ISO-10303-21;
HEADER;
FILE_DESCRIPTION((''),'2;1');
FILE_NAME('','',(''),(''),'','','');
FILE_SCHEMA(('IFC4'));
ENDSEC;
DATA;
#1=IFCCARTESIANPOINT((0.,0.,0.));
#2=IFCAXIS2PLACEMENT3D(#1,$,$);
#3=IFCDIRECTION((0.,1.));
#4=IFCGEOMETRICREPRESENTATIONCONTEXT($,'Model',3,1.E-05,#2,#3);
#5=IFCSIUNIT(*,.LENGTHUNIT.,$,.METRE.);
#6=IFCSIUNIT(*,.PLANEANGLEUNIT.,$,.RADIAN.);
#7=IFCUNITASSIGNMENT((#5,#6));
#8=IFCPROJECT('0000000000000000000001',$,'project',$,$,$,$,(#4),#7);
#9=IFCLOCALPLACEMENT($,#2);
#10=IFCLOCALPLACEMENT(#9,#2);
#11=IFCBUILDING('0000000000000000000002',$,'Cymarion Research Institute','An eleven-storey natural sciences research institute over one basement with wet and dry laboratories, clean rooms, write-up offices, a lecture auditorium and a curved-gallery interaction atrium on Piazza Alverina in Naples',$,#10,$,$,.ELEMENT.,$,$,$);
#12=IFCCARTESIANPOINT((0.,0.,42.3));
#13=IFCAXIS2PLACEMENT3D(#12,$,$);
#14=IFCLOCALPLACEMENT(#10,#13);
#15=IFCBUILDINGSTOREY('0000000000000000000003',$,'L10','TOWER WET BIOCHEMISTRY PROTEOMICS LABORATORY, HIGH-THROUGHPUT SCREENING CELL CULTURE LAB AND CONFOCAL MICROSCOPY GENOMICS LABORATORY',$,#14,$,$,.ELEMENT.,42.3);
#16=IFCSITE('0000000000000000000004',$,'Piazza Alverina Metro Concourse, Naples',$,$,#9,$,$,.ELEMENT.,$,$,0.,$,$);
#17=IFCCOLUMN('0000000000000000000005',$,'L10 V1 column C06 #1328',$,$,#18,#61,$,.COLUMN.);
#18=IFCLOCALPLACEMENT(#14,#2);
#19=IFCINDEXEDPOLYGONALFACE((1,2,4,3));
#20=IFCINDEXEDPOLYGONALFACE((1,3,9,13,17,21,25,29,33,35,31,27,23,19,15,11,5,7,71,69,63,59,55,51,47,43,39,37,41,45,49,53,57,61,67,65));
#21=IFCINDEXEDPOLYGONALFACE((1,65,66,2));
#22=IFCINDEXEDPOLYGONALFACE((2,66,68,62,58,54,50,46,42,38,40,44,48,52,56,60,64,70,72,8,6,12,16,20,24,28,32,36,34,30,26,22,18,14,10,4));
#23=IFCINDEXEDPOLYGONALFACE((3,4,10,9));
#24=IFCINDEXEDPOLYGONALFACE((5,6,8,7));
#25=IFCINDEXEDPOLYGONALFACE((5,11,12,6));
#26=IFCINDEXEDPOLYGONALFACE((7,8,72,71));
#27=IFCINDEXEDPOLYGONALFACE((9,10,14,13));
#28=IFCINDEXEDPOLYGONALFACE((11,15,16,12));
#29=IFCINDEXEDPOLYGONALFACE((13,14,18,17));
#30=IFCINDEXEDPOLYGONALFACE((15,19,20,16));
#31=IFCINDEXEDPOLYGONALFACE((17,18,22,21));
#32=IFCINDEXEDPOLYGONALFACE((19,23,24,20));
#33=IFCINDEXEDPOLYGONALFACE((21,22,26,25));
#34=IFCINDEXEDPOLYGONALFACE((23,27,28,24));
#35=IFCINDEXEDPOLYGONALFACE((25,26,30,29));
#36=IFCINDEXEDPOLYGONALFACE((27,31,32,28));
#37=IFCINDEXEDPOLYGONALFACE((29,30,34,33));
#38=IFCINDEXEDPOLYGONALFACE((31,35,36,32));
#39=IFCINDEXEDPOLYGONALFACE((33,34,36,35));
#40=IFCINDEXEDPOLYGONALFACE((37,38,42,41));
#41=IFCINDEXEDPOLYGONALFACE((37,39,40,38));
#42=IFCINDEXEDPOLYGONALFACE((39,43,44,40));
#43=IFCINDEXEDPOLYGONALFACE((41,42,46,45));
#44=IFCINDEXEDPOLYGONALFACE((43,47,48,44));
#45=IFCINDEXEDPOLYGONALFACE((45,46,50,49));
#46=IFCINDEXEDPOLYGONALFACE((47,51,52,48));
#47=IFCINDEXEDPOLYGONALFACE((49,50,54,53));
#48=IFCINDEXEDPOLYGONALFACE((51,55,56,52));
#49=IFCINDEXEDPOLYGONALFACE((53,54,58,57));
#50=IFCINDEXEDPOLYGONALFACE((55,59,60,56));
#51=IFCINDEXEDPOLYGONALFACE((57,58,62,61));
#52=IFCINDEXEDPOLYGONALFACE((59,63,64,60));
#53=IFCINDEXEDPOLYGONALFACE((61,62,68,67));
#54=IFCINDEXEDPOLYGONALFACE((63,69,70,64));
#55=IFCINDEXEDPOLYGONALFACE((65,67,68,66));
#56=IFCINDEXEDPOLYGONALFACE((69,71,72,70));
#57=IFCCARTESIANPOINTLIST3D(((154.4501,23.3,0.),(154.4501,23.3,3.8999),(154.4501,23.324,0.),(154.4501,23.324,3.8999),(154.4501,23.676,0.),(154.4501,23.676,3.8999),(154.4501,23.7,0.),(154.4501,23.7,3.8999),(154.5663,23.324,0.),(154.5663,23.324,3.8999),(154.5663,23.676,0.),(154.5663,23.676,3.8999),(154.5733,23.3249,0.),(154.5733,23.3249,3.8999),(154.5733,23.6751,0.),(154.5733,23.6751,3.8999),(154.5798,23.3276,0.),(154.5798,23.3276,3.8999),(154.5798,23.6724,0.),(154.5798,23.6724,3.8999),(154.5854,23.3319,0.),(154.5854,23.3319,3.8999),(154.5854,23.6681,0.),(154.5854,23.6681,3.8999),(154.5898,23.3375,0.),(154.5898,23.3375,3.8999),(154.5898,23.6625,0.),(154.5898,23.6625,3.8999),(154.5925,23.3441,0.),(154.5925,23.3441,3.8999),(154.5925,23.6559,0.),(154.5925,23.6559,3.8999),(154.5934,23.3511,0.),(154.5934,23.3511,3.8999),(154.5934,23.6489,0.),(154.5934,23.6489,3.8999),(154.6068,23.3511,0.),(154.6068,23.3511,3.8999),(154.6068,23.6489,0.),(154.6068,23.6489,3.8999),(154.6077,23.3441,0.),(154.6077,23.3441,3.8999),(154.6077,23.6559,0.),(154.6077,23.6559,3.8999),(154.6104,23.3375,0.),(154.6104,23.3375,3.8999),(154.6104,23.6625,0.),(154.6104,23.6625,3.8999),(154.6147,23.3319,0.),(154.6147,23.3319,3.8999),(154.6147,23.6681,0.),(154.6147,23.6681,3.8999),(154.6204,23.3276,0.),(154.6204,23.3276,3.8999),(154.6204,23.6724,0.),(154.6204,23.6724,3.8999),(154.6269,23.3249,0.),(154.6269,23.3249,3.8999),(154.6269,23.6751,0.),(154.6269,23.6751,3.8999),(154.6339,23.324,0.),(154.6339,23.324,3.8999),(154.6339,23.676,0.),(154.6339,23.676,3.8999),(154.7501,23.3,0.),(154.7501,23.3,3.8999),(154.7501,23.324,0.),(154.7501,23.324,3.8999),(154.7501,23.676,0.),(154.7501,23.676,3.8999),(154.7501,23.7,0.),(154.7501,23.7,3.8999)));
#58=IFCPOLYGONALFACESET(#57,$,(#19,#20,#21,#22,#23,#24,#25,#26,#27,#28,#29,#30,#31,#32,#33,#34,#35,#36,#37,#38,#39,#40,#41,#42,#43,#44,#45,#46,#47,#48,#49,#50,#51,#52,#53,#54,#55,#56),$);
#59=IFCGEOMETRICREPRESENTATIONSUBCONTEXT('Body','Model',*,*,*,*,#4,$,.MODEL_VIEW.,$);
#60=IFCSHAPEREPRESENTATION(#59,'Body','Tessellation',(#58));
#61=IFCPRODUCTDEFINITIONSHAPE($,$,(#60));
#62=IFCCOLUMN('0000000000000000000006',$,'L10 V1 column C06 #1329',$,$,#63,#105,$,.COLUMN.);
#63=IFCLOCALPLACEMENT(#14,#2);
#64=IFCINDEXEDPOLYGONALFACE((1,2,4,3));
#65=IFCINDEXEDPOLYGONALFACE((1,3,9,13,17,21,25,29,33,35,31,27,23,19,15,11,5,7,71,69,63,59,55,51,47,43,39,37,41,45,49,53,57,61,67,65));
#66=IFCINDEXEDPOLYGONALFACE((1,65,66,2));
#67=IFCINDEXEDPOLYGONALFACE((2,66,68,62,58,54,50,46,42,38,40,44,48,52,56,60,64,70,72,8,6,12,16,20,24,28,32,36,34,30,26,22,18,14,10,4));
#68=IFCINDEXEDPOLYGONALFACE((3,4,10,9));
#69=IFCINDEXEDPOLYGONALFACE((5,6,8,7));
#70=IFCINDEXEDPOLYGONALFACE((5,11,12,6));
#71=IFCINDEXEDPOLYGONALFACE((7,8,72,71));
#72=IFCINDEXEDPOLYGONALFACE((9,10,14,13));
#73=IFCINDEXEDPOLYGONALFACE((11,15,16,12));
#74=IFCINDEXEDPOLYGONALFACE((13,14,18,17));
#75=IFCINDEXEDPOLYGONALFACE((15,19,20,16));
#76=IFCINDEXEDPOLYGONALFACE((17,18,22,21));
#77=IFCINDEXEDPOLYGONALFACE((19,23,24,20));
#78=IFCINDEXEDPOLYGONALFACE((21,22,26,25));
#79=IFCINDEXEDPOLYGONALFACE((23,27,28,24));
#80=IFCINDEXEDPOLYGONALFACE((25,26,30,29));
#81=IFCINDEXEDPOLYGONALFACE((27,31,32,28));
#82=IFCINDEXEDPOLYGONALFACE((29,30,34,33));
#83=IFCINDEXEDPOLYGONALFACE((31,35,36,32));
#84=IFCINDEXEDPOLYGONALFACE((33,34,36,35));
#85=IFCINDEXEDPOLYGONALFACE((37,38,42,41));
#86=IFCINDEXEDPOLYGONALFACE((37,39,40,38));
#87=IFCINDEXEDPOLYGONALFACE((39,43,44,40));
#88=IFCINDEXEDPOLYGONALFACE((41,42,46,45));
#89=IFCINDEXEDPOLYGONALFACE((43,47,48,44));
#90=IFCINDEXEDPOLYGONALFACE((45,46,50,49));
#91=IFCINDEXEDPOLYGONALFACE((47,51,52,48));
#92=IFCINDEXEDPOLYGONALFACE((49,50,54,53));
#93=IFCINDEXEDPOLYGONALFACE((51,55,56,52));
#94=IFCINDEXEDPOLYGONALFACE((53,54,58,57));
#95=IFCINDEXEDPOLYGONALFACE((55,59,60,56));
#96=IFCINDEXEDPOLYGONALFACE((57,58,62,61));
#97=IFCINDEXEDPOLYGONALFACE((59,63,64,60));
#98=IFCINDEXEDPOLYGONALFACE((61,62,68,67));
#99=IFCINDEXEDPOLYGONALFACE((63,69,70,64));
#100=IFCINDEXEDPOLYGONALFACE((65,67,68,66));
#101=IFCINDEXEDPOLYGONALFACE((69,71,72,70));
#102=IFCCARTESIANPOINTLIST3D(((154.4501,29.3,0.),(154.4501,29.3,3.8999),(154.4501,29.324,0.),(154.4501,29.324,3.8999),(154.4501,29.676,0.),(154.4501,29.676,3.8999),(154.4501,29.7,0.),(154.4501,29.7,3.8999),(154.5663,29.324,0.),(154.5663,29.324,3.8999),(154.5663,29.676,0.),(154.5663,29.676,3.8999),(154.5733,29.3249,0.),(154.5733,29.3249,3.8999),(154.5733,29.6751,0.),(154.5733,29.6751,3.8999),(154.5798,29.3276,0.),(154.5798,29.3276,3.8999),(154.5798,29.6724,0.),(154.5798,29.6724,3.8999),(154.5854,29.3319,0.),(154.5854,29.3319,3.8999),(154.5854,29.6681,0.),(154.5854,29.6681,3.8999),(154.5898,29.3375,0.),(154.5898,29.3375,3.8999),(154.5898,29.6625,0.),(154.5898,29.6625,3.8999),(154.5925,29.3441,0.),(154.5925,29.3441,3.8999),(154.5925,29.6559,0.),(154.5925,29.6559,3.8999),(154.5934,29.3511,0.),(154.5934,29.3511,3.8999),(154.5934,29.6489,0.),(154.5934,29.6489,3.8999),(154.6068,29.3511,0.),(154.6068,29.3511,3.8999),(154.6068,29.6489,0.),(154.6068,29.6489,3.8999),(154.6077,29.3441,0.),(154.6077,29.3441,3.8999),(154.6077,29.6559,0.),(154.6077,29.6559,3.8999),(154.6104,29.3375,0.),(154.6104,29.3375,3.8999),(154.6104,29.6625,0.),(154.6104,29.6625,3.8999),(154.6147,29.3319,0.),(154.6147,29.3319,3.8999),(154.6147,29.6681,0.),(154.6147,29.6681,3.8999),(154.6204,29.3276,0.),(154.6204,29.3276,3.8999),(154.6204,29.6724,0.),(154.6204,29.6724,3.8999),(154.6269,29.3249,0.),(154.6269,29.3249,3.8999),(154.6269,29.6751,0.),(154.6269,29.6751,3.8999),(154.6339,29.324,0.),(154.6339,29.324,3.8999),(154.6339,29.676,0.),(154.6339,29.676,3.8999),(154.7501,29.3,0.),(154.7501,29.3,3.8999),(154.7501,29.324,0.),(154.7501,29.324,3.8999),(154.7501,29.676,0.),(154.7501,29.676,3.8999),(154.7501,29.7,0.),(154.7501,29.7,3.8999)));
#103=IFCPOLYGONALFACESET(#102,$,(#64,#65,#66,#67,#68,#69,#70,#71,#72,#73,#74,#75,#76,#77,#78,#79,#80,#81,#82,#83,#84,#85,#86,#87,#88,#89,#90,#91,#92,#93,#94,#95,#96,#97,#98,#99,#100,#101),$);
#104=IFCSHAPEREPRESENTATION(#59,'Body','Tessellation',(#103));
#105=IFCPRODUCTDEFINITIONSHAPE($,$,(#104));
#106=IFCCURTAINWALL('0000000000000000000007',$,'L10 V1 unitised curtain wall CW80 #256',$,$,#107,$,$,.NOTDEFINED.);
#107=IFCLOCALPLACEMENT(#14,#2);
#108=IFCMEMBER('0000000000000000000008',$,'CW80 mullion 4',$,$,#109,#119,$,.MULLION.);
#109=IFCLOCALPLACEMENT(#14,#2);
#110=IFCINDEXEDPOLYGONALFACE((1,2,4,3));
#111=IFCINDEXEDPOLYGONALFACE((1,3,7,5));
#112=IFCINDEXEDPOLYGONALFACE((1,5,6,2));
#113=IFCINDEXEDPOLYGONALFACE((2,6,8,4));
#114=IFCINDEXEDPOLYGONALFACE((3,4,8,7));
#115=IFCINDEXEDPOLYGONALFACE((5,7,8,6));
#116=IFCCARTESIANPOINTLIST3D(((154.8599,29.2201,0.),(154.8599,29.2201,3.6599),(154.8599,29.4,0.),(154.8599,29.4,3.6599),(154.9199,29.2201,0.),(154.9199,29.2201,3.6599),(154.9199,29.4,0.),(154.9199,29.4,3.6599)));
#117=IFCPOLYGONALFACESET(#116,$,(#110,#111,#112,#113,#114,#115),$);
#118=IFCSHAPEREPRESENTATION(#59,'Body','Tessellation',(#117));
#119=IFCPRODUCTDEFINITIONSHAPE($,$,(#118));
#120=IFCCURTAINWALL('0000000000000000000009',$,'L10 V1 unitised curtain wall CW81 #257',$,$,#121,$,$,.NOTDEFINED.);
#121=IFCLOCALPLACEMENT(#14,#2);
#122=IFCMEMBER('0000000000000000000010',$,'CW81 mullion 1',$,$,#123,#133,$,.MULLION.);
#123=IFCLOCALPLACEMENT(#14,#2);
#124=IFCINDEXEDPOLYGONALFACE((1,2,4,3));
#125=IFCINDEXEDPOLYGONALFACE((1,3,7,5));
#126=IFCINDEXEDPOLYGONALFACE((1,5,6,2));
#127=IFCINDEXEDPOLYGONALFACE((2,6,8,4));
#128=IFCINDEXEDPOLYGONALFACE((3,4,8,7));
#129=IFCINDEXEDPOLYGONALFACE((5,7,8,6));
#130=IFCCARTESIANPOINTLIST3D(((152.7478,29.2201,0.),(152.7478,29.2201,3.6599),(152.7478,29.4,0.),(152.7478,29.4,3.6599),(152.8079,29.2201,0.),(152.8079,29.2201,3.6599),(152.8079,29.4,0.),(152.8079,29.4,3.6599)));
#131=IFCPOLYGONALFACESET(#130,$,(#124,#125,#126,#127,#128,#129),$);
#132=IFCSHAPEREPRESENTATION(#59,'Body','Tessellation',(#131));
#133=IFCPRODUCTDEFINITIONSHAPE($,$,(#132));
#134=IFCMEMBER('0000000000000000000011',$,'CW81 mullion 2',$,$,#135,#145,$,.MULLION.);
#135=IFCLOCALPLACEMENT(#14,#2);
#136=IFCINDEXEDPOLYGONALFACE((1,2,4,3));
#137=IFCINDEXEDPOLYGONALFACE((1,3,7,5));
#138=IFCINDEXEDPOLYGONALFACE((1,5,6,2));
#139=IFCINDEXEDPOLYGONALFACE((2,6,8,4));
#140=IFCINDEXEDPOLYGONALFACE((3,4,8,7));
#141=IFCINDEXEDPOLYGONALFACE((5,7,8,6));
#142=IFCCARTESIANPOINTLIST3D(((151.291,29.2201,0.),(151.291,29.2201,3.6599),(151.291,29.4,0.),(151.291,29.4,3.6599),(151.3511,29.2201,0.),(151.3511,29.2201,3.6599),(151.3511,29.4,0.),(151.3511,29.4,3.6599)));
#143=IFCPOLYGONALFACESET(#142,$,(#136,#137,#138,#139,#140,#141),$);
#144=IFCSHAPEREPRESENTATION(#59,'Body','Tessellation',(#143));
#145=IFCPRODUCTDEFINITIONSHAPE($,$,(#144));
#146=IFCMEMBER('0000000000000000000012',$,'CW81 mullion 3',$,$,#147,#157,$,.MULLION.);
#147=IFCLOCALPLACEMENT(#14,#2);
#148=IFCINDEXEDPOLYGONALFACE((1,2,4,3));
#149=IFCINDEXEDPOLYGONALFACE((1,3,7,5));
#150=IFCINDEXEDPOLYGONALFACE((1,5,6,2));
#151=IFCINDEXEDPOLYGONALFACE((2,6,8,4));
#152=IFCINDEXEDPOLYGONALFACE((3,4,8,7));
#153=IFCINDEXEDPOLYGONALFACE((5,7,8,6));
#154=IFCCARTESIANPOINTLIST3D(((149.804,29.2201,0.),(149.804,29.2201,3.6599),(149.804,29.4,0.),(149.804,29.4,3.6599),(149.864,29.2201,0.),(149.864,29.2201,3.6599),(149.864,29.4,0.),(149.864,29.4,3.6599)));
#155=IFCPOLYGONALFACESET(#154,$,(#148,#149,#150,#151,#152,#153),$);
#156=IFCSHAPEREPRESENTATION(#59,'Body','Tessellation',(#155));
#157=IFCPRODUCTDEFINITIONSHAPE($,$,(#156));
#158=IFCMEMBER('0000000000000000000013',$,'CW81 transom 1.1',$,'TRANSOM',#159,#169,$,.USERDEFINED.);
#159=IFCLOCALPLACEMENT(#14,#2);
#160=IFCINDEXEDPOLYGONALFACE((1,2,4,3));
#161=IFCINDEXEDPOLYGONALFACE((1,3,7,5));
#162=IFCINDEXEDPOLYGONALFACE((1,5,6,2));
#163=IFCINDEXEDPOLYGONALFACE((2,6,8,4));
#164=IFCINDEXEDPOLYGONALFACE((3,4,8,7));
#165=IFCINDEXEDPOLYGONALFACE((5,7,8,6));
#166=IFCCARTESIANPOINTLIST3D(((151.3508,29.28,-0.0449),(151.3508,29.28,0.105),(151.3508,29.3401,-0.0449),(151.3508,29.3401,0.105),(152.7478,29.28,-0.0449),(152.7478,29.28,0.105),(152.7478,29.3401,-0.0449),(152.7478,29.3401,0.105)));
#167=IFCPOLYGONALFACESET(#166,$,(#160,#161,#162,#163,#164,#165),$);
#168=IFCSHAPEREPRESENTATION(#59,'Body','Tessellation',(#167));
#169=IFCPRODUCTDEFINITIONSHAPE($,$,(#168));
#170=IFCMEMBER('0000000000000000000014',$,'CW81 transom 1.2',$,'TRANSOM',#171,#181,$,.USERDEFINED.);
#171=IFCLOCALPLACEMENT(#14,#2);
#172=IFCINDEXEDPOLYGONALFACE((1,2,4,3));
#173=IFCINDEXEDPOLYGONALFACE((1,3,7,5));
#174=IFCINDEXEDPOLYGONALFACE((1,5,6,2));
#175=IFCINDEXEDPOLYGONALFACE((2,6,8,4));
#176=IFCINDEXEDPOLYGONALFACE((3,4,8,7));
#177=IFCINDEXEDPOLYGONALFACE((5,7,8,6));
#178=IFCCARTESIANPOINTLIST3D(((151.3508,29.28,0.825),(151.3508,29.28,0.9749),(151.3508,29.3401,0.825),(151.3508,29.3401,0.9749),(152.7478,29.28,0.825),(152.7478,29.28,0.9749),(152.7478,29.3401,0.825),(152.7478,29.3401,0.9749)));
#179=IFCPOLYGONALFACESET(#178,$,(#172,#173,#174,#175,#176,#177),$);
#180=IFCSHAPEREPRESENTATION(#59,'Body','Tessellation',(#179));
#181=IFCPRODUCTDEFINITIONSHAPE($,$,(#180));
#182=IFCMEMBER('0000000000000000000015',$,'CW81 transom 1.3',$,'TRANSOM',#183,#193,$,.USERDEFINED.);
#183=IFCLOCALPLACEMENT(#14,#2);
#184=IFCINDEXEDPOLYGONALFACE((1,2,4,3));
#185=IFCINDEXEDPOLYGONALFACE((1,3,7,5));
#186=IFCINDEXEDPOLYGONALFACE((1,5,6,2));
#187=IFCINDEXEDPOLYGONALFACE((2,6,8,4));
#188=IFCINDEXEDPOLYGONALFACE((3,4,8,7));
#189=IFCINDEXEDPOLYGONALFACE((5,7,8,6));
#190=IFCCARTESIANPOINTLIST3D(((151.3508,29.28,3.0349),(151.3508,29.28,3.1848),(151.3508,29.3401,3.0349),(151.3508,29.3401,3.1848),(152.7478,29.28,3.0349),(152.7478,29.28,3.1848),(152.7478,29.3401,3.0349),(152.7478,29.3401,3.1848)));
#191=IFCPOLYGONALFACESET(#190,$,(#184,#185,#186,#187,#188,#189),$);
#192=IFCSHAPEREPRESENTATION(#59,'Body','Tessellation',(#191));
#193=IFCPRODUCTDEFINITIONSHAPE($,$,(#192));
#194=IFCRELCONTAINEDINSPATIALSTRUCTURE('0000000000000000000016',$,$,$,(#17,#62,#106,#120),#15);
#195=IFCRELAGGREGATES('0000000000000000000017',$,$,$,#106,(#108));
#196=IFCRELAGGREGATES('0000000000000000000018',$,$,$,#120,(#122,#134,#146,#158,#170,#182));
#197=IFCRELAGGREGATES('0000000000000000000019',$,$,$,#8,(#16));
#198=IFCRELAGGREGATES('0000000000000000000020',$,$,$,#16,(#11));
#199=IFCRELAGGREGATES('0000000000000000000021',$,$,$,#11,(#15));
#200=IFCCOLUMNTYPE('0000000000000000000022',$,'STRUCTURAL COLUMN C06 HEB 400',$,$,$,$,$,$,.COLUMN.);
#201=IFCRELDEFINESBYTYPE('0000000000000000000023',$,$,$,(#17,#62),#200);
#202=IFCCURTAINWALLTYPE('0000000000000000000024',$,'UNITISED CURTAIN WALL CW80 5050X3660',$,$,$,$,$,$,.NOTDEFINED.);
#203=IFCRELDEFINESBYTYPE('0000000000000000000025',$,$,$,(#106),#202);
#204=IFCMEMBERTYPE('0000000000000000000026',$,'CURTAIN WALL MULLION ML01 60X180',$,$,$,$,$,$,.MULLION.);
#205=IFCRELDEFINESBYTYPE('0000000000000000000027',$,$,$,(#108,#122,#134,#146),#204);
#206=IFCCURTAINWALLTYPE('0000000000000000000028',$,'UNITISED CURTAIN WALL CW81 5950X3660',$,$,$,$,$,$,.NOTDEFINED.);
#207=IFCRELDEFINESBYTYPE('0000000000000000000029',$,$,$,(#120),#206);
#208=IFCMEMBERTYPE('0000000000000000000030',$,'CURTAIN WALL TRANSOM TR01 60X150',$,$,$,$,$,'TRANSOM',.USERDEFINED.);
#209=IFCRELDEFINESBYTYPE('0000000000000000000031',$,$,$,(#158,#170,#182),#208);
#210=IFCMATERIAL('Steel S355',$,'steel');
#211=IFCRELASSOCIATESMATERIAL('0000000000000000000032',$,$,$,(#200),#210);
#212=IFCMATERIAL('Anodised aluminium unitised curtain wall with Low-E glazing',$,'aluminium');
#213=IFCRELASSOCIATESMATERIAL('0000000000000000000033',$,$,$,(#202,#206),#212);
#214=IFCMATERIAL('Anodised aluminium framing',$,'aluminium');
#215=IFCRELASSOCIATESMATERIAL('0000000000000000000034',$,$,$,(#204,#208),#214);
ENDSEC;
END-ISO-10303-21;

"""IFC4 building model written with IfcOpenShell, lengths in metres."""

from ifc_helpers import new_model, si_unit, direction, frame, origin, origin_2d, place, context, subcontext, project, spatial, rectangle, i_section, extrude, material, material_profile, profile_set, type_object, element, aggregate, save


model = new_model("IFC4")

# Units and contexts
model_context = context("Model", 3, precision=1e-05, world=origin(), true_north=direction((0.0, 1.0)))
body_context = subcontext(model_context, "Body", "Model", "MODEL_VIEW")
ifc_project = project(units=[si_unit("LENGTHUNIT", "METRE"), si_unit("PLANEANGLEUNIT", "RADIAN")], contexts=[model_context])

# Site, building, storey
site_placement = place(None, origin())
site = spatial("IfcSite", under=ifc_project, at=site_placement, Name="Piazza Alverina Metro Concourse, Naples", CompositionType="ELEMENT", RefElevation=0.0)
building_placement = place(site_placement, origin())
building = spatial("IfcBuilding", under=site, at=building_placement, Name="Cymarion Research Institute", Description="An eleven-storey natural sciences research institute over one basement with wet and dry laboratories, clean rooms, write-up offices, a lecture auditorium and a curved-gallery interaction atrium on Piazza Alverina in Naples", CompositionType="ELEMENT")
storey_placement = place(building_placement, frame((0.0, 0.0, 42.3)))
storey = spatial("IfcBuildingStorey", under=building, at=storey_placement, Name="L10", Description="TOWER WET BIOCHEMISTRY PROTEOMICS LABORATORY, HIGH-THROUGHPUT SCREENING CELL CULTURE LAB AND CONFOCAL MICROSCOPY GENOMICS LABORATORY", CompositionType="ELEMENT", Elevation=42.3)

# Columns
ifc_material_1 = material(Name="Steel S355", Category="steel")
ifc_material_profile_1 = material_profile(ifc_material_1, i_section(OverallWidth=0.3, OverallDepth=0.3999, WebThickness=0.0134, FlangeThickness=0.0239, FilletRadius=0.0271, at=origin_2d()), Name="HEB 400")
ifc_profile_set_1 = profile_set([ifc_material_profile_1], Name="Steel S355")
column_type = type_object("IfcColumnType", Name="STRUCTURAL COLUMN C06 HEB 400", PredefinedType="COLUMN", material=ifc_profile_set_1)
for number, where, z_axis, x_axis, name in (
    (1, (154.6001, 23.5, 0.0), (0.0, 0.0, 1.0), (1.0, 0.0, 0.0), "L10 V1 column C06 #1328"),
    (2, (154.6001, 29.5, 0.0), (0.0, 0.0, 1.0), (1.0, 0.0, 0.0), "L10 V1 column C06 #1329"),
):
    element("IfcColumn", number, at=place(storey_placement, frame(where, z_axis=z_axis, x_axis=x_axis)), inside=storey, type_object=column_type, Name=name, PredefinedType="COLUMN", context=body_context, shape_type="SweptSolid", body=[
        extrude(i_section(OverallWidth=0.3, OverallDepth=0.3999, WebThickness=0.0134, FlangeThickness=0.0239, FilletRadius=0.0271, at=origin_2d()), origin(), (0.0, 0.0, 1.0), 3.8999),
    ])

# Curtain wall, member
ifc_material_2 = material(Name="Anodised aluminium unitised curtain wall with Low-E glazing", Category="aluminium")
curtain_wall_type_1 = type_object("IfcCurtainWallType", Name="UNITISED CURTAIN WALL CW80 5050X3660", PredefinedType="NOTDEFINED", material=ifc_material_2)
curtain_wall_1_placement = place(storey_placement, origin())
curtain_wall_1 = element("IfcCurtainWall", 3, at=curtain_wall_1_placement, inside=storey, type_object=curtain_wall_type_1, Name="L10 V1 unitised curtain wall CW80 #256", PredefinedType="NOTDEFINED")
ifc_material_3 = material(Name="Anodised aluminium framing", Category="aluminium")
ifc_material_profile_2 = material_profile(ifc_material_3, rectangle(XDim=0.0601, YDim=0.1799, at=origin_2d()), Name="ALU MULLION 60x180")
ifc_profile_set_2 = profile_set([ifc_material_profile_2], Name="Anodised aluminium framing")
member_type_1 = type_object("IfcMemberType", Name="CURTAIN WALL MULLION ML01 60X180", PredefinedType="MULLION", material=ifc_profile_set_2)
member_1_placement = place(storey_placement, frame((154.8899, 29.3101, 0.0), z_axis=(0.0, 0.0, 1.0), x_axis=(-1.0, 0.0, 0.0)))
member_1 = element("IfcMember", 4, at=member_1_placement, type_object=member_type_1, Name="CW80 mullion 4", PredefinedType="MULLION", context=body_context, shape_type="SweptSolid", body=[
    extrude(rectangle(XDim=0.0601, YDim=0.1799, at=origin_2d()), origin(), (0.0, 0.0, 1.0), 3.6599),
])
aggregate(curtain_wall_1, [member_1])

# Curtain wall, members
curtain_wall_type_2 = type_object("IfcCurtainWallType", Name="UNITISED CURTAIN WALL CW81 5950X3660", PredefinedType="NOTDEFINED", material=ifc_material_2)
curtain_wall_2_placement = place(storey_placement, origin())
curtain_wall_2 = element("IfcCurtainWall", 5, at=curtain_wall_2_placement, inside=storey, type_object=curtain_wall_type_2, Name="L10 V1 unitised curtain wall CW81 #257", PredefinedType="NOTDEFINED")
member_2_placement = place(storey_placement, frame((152.7778, 29.3101, 0.0), z_axis=(0.0, 0.0, 1.0), x_axis=(-1.0, 0.0, 0.0)))
member_2 = element("IfcMember", 6, at=member_2_placement, type_object=member_type_1, Name="CW81 mullion 1", PredefinedType="MULLION", context=body_context, shape_type="SweptSolid", body=[
    extrude(rectangle(XDim=0.0601, YDim=0.1799, at=origin_2d()), origin(), (0.0, 0.0, 1.0), 3.6599),
])
member_3_placement = place(storey_placement, frame((151.321, 29.3101, 0.0), z_axis=(0.0, 0.0, 1.0), x_axis=(-1.0, 0.0, 0.0)))
member_3 = element("IfcMember", 7, at=member_3_placement, type_object=member_type_1, Name="CW81 mullion 2", PredefinedType="MULLION", context=body_context, shape_type="SweptSolid", body=[
    extrude(rectangle(XDim=0.0601, YDim=0.1799, at=origin_2d()), origin(), (0.0, 0.0, 1.0), 3.6599),
])
member_4_placement = place(storey_placement, frame((149.834, 29.3101, 0.0), z_axis=(0.0, 0.0, 1.0), x_axis=(-1.0, 0.0, 0.0)))
member_4 = element("IfcMember", 8, at=member_4_placement, type_object=member_type_1, Name="CW81 mullion 3", PredefinedType="MULLION", context=body_context, shape_type="SweptSolid", body=[
    extrude(rectangle(XDim=0.0601, YDim=0.1799, at=origin_2d()), origin(), (0.0, 0.0, 1.0), 3.6599),
])
ifc_material_profile_3 = material_profile(ifc_material_3, rectangle(XDim=0.0601, YDim=0.1499, at=origin_2d()), Name="ALU TRANSOM 60x150")
ifc_profile_set_3 = profile_set([ifc_material_profile_3], Name="Anodised aluminium framing")
member_type_2 = type_object("IfcMemberType", Name="CURTAIN WALL TRANSOM TR01 60X150", ElementType="TRANSOM", PredefinedType="USERDEFINED", material=ifc_profile_set_3)
member_5_placement = place(storey_placement, frame((152.7478, 29.3101, 0.03), z_axis=(-1.0, 0.0, 0.0), x_axis=(0.0, -1.0, 0.0)))
member_5 = element("IfcMember", 9, at=member_5_placement, type_object=member_type_2, Name="CW81 transom 1.1", ObjectType="TRANSOM", PredefinedType="USERDEFINED", context=body_context, shape_type="SweptSolid", body=[
    extrude(rectangle(XDim=0.0601, YDim=0.1499, at=origin_2d()), origin(), (0.0, 0.0, 1.0), 1.397),
])
member_6_placement = place(storey_placement, frame((152.7478, 29.3101, 0.8999), z_axis=(-1.0, 0.0, 0.0), x_axis=(0.0, -1.0, 0.0)))
member_6 = element("IfcMember", 10, at=member_6_placement, type_object=member_type_2, Name="CW81 transom 1.2", ObjectType="TRANSOM", PredefinedType="USERDEFINED", context=body_context, shape_type="SweptSolid", body=[
    extrude(rectangle(XDim=0.0601, YDim=0.1499, at=origin_2d()), origin(), (0.0, 0.0, 1.0), 1.397),
])
member_7_placement = place(storey_placement, frame((152.7478, 29.3101, 3.1099), z_axis=(-1.0, 0.0, 0.0), x_axis=(0.0, -1.0, 0.0)))
member_7 = element("IfcMember", 11, at=member_7_placement, type_object=member_type_2, Name="CW81 transom 1.3", ObjectType="TRANSOM", PredefinedType="USERDEFINED", context=body_context, shape_type="SweptSolid", body=[
    extrude(rectangle(XDim=0.0601, YDim=0.1499, at=origin_2d()), origin(), (0.0, 0.0, 1.0), 1.397),
])

aggregate(curtain_wall_2, [member_2, member_3, member_4, member_5, member_6, member_7])

save(model, "model.ifc")
